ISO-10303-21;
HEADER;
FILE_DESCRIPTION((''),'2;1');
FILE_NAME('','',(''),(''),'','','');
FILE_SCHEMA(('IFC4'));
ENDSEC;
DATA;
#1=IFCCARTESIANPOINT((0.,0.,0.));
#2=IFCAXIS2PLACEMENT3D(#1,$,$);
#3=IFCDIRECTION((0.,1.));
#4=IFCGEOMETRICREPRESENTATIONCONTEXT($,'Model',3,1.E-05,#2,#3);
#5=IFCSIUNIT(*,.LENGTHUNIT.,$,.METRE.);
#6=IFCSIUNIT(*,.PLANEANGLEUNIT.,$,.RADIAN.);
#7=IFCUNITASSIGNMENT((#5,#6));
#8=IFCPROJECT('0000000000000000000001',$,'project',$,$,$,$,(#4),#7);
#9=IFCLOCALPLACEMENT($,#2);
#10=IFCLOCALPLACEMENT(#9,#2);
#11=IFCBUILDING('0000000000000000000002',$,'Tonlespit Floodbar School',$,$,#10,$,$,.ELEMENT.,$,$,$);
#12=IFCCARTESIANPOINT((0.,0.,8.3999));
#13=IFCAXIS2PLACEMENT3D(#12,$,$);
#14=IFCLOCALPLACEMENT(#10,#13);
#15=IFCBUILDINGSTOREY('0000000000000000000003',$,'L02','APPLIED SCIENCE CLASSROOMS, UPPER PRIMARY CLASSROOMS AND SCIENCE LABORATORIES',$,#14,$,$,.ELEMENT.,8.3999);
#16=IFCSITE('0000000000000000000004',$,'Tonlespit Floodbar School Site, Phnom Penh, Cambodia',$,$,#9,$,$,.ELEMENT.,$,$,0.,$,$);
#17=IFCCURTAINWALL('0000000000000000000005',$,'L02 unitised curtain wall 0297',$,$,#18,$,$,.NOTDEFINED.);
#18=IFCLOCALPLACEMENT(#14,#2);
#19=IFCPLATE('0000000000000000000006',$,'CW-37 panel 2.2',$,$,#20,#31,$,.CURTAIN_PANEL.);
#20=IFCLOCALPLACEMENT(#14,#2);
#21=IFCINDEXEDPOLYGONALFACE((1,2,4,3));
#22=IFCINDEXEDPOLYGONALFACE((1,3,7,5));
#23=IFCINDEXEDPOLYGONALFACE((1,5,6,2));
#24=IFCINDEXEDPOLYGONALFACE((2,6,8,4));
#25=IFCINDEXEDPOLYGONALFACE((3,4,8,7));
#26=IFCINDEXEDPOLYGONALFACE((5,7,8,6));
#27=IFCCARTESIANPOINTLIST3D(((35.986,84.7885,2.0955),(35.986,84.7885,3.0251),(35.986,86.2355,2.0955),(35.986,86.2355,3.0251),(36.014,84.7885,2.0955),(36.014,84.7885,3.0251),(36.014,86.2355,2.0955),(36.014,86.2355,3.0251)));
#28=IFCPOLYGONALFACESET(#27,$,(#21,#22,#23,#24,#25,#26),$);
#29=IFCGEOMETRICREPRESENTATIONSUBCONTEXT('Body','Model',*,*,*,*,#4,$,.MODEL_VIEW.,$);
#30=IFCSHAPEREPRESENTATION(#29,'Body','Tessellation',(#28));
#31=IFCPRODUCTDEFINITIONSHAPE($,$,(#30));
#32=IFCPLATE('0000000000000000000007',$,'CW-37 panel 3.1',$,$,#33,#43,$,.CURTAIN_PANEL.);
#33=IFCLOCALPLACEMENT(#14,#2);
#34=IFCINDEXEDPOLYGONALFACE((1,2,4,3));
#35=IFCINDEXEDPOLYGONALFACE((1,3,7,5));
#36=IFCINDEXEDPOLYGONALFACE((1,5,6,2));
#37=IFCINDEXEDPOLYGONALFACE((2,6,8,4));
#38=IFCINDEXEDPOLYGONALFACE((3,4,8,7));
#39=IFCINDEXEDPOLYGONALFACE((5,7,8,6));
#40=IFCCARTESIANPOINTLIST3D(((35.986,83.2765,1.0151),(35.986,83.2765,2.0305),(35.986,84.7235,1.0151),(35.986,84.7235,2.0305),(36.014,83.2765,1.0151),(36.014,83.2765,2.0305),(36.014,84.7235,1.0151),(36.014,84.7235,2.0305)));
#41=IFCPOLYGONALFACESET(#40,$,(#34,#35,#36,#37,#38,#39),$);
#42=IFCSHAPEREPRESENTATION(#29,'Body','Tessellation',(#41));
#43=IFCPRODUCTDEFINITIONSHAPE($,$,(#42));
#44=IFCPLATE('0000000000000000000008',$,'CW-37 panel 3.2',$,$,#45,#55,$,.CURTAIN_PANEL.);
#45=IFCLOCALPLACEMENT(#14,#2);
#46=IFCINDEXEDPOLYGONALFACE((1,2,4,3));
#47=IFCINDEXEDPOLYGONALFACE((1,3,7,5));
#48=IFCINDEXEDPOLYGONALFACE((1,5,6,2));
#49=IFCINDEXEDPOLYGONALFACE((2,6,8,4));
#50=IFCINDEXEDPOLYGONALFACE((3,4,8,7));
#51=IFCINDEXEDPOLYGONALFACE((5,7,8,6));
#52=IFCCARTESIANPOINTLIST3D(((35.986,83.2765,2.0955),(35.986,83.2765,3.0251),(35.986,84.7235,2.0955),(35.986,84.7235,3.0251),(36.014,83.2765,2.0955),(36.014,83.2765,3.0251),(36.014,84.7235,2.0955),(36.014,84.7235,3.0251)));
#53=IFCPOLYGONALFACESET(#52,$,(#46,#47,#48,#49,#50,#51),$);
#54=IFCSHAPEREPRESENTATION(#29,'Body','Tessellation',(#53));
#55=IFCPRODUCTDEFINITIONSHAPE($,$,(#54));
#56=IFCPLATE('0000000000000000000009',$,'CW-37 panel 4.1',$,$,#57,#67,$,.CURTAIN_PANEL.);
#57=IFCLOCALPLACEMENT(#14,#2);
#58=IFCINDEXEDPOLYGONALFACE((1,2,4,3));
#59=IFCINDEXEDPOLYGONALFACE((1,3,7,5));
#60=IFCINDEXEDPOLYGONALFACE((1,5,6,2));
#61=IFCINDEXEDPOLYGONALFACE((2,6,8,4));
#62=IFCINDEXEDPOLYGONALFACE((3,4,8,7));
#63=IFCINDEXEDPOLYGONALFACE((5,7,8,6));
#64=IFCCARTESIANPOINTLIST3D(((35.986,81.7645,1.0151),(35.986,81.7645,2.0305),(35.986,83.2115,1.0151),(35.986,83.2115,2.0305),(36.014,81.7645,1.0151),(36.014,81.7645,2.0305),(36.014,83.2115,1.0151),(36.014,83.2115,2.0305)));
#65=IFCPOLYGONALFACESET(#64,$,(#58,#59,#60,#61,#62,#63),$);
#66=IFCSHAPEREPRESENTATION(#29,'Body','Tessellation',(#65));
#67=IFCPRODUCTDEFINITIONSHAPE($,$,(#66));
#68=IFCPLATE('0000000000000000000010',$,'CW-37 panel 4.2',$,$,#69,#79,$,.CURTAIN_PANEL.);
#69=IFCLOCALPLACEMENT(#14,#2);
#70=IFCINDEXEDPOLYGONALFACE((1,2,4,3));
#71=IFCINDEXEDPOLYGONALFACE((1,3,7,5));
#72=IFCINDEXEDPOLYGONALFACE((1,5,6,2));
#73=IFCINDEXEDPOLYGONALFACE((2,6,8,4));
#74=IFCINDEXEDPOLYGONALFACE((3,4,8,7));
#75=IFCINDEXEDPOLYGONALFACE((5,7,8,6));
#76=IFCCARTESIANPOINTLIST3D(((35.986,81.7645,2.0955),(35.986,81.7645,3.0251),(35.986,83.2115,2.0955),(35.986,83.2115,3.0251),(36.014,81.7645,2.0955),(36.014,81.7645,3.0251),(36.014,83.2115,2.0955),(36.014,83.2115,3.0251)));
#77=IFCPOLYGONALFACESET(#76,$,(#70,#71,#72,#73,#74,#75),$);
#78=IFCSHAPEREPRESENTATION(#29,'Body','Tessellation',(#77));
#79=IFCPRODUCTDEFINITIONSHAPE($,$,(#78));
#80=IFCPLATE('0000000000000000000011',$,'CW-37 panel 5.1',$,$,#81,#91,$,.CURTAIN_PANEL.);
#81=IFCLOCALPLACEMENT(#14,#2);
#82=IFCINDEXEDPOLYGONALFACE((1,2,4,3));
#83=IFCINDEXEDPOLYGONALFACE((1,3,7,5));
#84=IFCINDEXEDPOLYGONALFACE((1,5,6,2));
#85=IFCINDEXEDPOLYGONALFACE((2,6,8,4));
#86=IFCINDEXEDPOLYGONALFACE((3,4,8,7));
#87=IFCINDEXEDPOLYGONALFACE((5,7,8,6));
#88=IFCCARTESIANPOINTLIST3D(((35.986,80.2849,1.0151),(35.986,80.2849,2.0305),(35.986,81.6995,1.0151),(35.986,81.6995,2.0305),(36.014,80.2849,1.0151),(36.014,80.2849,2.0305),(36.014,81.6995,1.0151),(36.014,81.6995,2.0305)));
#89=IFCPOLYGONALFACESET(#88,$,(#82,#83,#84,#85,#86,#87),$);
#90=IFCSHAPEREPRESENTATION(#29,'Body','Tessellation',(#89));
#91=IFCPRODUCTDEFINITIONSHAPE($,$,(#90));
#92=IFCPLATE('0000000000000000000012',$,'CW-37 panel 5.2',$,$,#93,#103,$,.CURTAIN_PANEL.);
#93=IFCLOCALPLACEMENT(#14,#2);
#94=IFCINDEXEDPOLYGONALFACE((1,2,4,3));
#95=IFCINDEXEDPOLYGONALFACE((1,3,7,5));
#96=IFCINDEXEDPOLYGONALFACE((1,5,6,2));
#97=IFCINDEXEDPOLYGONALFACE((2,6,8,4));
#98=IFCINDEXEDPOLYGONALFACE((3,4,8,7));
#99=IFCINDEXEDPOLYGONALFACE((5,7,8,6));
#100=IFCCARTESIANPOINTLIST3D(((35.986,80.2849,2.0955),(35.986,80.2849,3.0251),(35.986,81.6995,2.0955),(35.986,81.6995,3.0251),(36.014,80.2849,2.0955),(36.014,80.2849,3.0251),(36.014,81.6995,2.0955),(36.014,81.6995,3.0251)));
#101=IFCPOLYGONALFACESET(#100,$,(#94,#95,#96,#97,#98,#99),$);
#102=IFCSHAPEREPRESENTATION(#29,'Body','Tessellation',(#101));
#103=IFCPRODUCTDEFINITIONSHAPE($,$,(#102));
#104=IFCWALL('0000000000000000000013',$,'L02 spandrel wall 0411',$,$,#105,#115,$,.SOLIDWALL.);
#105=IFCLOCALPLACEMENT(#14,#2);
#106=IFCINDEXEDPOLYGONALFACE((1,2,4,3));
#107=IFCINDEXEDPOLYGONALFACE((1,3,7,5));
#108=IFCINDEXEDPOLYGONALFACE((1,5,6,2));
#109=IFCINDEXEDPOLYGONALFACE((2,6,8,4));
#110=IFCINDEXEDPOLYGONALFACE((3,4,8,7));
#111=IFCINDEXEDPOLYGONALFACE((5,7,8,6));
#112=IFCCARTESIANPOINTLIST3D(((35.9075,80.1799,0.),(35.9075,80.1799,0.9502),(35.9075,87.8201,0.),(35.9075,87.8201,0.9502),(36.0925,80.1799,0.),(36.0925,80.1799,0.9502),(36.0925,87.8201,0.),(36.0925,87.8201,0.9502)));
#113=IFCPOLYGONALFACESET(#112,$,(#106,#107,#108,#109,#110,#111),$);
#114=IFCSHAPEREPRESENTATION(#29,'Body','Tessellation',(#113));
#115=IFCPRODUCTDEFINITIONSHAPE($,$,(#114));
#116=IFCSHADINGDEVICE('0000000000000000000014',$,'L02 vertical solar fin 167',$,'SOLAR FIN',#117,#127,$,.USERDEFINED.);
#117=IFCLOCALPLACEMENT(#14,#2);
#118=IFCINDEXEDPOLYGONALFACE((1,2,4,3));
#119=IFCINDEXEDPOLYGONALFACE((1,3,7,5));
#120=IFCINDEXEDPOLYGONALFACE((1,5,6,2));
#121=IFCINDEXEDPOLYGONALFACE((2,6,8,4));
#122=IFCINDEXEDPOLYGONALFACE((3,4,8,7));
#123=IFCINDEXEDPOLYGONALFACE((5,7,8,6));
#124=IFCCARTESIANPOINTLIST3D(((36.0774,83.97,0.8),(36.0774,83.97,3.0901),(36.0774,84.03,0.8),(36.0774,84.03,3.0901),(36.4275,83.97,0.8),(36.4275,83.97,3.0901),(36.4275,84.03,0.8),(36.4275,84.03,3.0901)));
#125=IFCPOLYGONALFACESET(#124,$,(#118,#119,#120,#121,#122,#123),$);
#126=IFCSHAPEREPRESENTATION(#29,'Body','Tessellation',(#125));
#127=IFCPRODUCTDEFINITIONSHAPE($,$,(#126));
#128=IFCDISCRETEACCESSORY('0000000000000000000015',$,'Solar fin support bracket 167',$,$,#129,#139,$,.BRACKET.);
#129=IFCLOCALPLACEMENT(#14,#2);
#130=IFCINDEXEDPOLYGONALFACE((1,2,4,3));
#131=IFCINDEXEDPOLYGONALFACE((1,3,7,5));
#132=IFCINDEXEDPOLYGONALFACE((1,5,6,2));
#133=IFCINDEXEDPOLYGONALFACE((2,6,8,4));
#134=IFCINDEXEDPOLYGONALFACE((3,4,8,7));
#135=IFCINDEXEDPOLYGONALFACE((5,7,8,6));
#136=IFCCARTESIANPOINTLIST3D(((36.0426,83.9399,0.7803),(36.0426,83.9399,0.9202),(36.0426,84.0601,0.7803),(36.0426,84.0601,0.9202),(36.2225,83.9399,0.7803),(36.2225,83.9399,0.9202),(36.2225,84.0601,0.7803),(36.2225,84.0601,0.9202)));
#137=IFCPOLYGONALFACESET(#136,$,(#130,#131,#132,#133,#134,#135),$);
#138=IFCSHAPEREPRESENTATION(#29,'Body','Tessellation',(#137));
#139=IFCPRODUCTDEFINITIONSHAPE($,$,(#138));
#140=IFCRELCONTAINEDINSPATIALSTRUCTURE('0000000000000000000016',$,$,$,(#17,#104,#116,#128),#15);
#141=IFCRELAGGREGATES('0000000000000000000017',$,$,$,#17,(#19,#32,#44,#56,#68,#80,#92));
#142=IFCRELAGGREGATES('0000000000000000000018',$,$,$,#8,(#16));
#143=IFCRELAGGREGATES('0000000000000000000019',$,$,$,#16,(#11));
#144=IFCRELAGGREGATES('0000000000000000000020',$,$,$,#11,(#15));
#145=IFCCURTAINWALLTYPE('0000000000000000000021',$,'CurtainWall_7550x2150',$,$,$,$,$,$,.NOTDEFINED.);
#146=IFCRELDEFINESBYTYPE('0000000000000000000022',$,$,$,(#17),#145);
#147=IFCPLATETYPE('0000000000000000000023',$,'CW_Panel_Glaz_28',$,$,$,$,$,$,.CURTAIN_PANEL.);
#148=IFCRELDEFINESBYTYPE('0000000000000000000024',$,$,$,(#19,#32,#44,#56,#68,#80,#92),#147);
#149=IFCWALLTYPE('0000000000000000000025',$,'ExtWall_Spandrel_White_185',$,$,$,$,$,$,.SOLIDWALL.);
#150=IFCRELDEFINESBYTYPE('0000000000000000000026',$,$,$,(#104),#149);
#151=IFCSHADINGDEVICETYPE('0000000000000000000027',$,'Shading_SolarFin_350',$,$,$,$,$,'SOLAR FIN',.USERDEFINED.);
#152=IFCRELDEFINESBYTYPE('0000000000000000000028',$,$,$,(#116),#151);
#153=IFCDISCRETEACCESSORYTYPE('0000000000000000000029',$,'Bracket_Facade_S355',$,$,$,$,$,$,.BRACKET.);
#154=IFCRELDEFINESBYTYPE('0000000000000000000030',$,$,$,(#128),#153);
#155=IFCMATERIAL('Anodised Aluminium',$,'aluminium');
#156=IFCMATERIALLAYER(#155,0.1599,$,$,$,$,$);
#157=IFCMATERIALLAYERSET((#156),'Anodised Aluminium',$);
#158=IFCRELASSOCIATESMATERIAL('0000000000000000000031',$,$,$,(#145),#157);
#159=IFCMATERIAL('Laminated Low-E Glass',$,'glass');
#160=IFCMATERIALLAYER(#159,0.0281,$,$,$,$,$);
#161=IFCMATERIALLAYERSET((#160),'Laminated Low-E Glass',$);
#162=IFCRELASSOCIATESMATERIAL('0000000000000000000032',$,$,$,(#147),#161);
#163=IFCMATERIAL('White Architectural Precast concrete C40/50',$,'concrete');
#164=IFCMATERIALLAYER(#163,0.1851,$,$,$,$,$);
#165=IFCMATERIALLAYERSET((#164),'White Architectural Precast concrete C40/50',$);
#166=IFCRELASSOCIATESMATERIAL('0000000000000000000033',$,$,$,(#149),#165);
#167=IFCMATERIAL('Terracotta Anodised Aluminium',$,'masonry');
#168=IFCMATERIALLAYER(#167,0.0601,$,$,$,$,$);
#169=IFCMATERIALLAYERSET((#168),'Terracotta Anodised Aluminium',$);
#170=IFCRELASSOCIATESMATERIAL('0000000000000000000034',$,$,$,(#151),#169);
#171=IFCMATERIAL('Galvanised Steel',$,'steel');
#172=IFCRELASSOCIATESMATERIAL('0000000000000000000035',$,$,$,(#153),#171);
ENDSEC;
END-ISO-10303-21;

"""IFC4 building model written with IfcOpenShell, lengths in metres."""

from ifc_helpers import new_model, si_unit, direction, frame, frame_2d, origin, origin_2d, place, context, subcontext, project, spatial, rectangle, extrude, material, layer, layer_set, type_object, element, aggregate, save


model = new_model("IFC4")

# Units and contexts
model_context = context("Model", 3, precision=1e-05, world=origin(), true_north=direction((0.0, 1.0)))
body_context = subcontext(model_context, "Body", "Model", "MODEL_VIEW")
ifc_project = project(units=[si_unit("LENGTHUNIT", "METRE"), si_unit("PLANEANGLEUNIT", "RADIAN")], contexts=[model_context])

# Site, building, storey
site_placement = place(None, origin())
site = spatial("IfcSite", under=ifc_project, at=site_placement, Name="Tonlespit Floodbar School Site, Phnom Penh, Cambodia", CompositionType="ELEMENT", RefElevation=0.0)
building_placement = place(site_placement, origin())
building = spatial("IfcBuilding", under=site, at=building_placement, Name="Tonlespit Floodbar School", CompositionType="ELEMENT")
storey_placement = place(building_placement, frame((0.0, 0.0, 8.3999)))
storey = spatial("IfcBuildingStorey", under=building, at=storey_placement, Name="L02", Description="APPLIED SCIENCE CLASSROOMS, UPPER PRIMARY CLASSROOMS AND SCIENCE LABORATORIES", CompositionType="ELEMENT", Elevation=8.3999)

# Curtain wall, plates
ifc_material_1 = material(Name="Anodised Aluminium", Category="aluminium")
ifc_layer_1 = layer(ifc_material_1, 0.1599)
ifc_layer_set_1 = layer_set([ifc_layer_1], Name="Anodised Aluminium")
curtain_wall_type = type_object("IfcCurtainWallType", Name="CurtainWall_7550x2150", PredefinedType="NOTDEFINED", material=ifc_layer_set_1)
curtain_wall_placement = place(storey_placement, origin())
curtain_wall = element("IfcCurtainWall", 1, at=curtain_wall_placement, inside=storey, type_object=curtain_wall_type, Name="L02 unitised curtain wall 0297", PredefinedType="NOTDEFINED")
ifc_material_2 = material(Name="Laminated Low-E Glass", Category="glass")
ifc_layer_2 = layer(ifc_material_2, 0.0281)
ifc_layer_set_2 = layer_set([ifc_layer_2], Name="Laminated Low-E Glass")
plate_type = type_object("IfcPlateType", Name="CW_Panel_Glaz_28", PredefinedType="CURTAIN_PANEL", material=ifc_layer_set_2)
plate_1_placement = place(storey_placement, frame((36.0, 85.512, 2.0955), z_axis=(0.0, 0.0, 1.0), x_axis=(0.0, -1.0, 0.0)))
plate_1 = element("IfcPlate", 2, at=plate_1_placement, type_object=plate_type, Name="CW-37 panel 2.2", PredefinedType="CURTAIN_PANEL", context=body_context, shape_type="SweptSolid", body=[
    extrude(rectangle(XDim=1.447, YDim=0.0281, at=origin_2d()), origin(), (0.0, 0.0, 1.0), 0.9297),
])
plate_2_placement = place(storey_placement, frame((36.0, 84.0, 1.0151), z_axis=(0.0, 0.0, 1.0), x_axis=(0.0, -1.0, 0.0)))
plate_2 = element("IfcPlate", 3, at=plate_2_placement, type_object=plate_type, Name="CW-37 panel 3.1", PredefinedType="CURTAIN_PANEL", context=body_context, shape_type="SweptSolid", body=[
    extrude(rectangle(XDim=1.447, YDim=0.0281, at=origin_2d()), origin(), (0.0, 0.0, 1.0), 1.0154),
])
plate_3_placement = place(storey_placement, frame((36.0, 84.0, 2.0955), z_axis=(0.0, 0.0, 1.0), x_axis=(0.0, -1.0, 0.0)))
plate_3 = element("IfcPlate", 4, at=plate_3_placement, type_object=plate_type, Name="CW-37 panel 3.2", PredefinedType="CURTAIN_PANEL", context=body_context, shape_type="SweptSolid", body=[
    extrude(rectangle(XDim=1.447, YDim=0.0281, at=origin_2d()), origin(), (0.0, 0.0, 1.0), 0.9297),
])
plate_4_placement = place(storey_placement, frame((36.0, 82.488, 1.0151), z_axis=(0.0, 0.0, 1.0), x_axis=(0.0, -1.0, 0.0)))
plate_4 = element("IfcPlate", 5, at=plate_4_placement, type_object=plate_type, Name="CW-37 panel 4.1", PredefinedType="CURTAIN_PANEL", context=body_context, shape_type="SweptSolid", body=[
    extrude(rectangle(XDim=1.447, YDim=0.0281, at=origin_2d()), origin(), (0.0, 0.0, 1.0), 1.0154),
])
plate_5_placement = place(storey_placement, frame((36.0, 82.488, 2.0955), z_axis=(0.0, 0.0, 1.0), x_axis=(0.0, -1.0, 0.0)))
plate_5 = element("IfcPlate", 6, at=plate_5_placement, type_object=plate_type, Name="CW-37 panel 4.2", PredefinedType="CURTAIN_PANEL", context=body_context, shape_type="SweptSolid", body=[
    extrude(rectangle(XDim=1.447, YDim=0.0281, at=origin_2d()), origin(), (0.0, 0.0, 1.0), 0.9297),
])
plate_6_placement = place(storey_placement, frame((36.0, 80.9922, 1.0151), z_axis=(0.0, 0.0, 1.0), x_axis=(0.0, -1.0, 0.0)))
plate_6 = element("IfcPlate", 7, at=plate_6_placement, type_object=plate_type, Name="CW-37 panel 5.1", PredefinedType="CURTAIN_PANEL", context=body_context, shape_type="SweptSolid", body=[
    extrude(rectangle(XDim=1.4146, YDim=0.0281, at=origin_2d()), origin(), (0.0, 0.0, 1.0), 1.0154),
])
plate_7_placement = place(storey_placement, frame((36.0, 80.9922, 2.0955), z_axis=(0.0, 0.0, 1.0), x_axis=(0.0, -1.0, 0.0)))
plate_7 = element("IfcPlate", 8, at=plate_7_placement, type_object=plate_type, Name="CW-37 panel 5.2", PredefinedType="CURTAIN_PANEL", context=body_context, shape_type="SweptSolid", body=[
    extrude(rectangle(XDim=1.4146, YDim=0.0281, at=origin_2d()), origin(), (0.0, 0.0, 1.0), 0.9297),
])
aggregate(curtain_wall, [plate_1, plate_2, plate_3, plate_4, plate_5, plate_6, plate_7])

# Wall
ifc_material_3 = material(Name="White Architectural Precast concrete C40/50", Category="concrete")
ifc_layer_3 = layer(ifc_material_3, 0.1851)
ifc_layer_set_3 = layer_set([ifc_layer_3], Name="White Architectural Precast concrete C40/50")
wall_type = type_object("IfcWallType", Name="ExtWall_Spandrel_White_185", PredefinedType="SOLIDWALL", material=ifc_layer_set_3)
wall_placement = place(storey_placement, frame((36.0, 87.8201, 0.0), z_axis=(0.0, 0.0, 1.0), x_axis=(0.0, -1.0, 0.0)))
element("IfcWall", 9, at=wall_placement, inside=storey, type_object=wall_type, Name="L02 spandrel wall 0411", PredefinedType="SOLIDWALL", context=body_context, shape_type="SweptSolid", body=[
    extrude(rectangle(XDim=7.6401, YDim=0.1851, at=frame_2d((3.8201, 0.0))), origin(), (0.0, 0.0, 1.0), 0.9502),
])

# Shading device
ifc_material_4 = material(Name="Terracotta Anodised Aluminium", Category="masonry")
ifc_layer_4 = layer(ifc_material_4, 0.0601)
ifc_layer_set_4 = layer_set([ifc_layer_4], Name="Terracotta Anodised Aluminium")
shading_device_type = type_object("IfcShadingDeviceType", Name="Shading_SolarFin_350", ElementType="SOLAR FIN", PredefinedType="USERDEFINED", material=ifc_layer_set_4)
shading_device_placement = place(storey_placement, frame((36.2524, 84.0, 0.8), z_axis=(0.0, 0.0, 1.0), x_axis=(0.0, -1.0, 0.0)))
element("IfcShadingDevice", 10, at=shading_device_placement, inside=storey, type_object=shading_device_type, Name="L02 vertical solar fin 167", ObjectType="SOLAR FIN", PredefinedType="USERDEFINED", context=body_context, shape_type="SweptSolid", body=[
    extrude(rectangle(XDim=0.0601, YDim=0.3501, at=origin_2d()), origin(), (0.0, 0.0, 1.0), 2.29),
])

# Discrete accessory
ifc_material_5 = material(Name="Galvanised Steel", Category="steel")
discrete_accessory_type = type_object("IfcDiscreteAccessoryType", Name="Bracket_Facade_S355", PredefinedType="BRACKET", material=ifc_material_5)
discrete_accessory_placement = place(storey_placement, frame((36.1326, 84.0, 0.7803), z_axis=(0.0, 0.0, 1.0), x_axis=(0.0, -1.0, 0.0)))
element("IfcDiscreteAccessory", 11, at=discrete_accessory_placement, inside=storey, type_object=discrete_accessory_type, Name="Solar fin support bracket 167", PredefinedType="BRACKET", context=body_context, shape_type="SweptSolid", body=[
    extrude(rectangle(XDim=0.1201, YDim=0.1799, at=origin_2d()), origin(), (0.0, 0.0, 1.0), 0.1399),
])

save(model, "model.ifc")
